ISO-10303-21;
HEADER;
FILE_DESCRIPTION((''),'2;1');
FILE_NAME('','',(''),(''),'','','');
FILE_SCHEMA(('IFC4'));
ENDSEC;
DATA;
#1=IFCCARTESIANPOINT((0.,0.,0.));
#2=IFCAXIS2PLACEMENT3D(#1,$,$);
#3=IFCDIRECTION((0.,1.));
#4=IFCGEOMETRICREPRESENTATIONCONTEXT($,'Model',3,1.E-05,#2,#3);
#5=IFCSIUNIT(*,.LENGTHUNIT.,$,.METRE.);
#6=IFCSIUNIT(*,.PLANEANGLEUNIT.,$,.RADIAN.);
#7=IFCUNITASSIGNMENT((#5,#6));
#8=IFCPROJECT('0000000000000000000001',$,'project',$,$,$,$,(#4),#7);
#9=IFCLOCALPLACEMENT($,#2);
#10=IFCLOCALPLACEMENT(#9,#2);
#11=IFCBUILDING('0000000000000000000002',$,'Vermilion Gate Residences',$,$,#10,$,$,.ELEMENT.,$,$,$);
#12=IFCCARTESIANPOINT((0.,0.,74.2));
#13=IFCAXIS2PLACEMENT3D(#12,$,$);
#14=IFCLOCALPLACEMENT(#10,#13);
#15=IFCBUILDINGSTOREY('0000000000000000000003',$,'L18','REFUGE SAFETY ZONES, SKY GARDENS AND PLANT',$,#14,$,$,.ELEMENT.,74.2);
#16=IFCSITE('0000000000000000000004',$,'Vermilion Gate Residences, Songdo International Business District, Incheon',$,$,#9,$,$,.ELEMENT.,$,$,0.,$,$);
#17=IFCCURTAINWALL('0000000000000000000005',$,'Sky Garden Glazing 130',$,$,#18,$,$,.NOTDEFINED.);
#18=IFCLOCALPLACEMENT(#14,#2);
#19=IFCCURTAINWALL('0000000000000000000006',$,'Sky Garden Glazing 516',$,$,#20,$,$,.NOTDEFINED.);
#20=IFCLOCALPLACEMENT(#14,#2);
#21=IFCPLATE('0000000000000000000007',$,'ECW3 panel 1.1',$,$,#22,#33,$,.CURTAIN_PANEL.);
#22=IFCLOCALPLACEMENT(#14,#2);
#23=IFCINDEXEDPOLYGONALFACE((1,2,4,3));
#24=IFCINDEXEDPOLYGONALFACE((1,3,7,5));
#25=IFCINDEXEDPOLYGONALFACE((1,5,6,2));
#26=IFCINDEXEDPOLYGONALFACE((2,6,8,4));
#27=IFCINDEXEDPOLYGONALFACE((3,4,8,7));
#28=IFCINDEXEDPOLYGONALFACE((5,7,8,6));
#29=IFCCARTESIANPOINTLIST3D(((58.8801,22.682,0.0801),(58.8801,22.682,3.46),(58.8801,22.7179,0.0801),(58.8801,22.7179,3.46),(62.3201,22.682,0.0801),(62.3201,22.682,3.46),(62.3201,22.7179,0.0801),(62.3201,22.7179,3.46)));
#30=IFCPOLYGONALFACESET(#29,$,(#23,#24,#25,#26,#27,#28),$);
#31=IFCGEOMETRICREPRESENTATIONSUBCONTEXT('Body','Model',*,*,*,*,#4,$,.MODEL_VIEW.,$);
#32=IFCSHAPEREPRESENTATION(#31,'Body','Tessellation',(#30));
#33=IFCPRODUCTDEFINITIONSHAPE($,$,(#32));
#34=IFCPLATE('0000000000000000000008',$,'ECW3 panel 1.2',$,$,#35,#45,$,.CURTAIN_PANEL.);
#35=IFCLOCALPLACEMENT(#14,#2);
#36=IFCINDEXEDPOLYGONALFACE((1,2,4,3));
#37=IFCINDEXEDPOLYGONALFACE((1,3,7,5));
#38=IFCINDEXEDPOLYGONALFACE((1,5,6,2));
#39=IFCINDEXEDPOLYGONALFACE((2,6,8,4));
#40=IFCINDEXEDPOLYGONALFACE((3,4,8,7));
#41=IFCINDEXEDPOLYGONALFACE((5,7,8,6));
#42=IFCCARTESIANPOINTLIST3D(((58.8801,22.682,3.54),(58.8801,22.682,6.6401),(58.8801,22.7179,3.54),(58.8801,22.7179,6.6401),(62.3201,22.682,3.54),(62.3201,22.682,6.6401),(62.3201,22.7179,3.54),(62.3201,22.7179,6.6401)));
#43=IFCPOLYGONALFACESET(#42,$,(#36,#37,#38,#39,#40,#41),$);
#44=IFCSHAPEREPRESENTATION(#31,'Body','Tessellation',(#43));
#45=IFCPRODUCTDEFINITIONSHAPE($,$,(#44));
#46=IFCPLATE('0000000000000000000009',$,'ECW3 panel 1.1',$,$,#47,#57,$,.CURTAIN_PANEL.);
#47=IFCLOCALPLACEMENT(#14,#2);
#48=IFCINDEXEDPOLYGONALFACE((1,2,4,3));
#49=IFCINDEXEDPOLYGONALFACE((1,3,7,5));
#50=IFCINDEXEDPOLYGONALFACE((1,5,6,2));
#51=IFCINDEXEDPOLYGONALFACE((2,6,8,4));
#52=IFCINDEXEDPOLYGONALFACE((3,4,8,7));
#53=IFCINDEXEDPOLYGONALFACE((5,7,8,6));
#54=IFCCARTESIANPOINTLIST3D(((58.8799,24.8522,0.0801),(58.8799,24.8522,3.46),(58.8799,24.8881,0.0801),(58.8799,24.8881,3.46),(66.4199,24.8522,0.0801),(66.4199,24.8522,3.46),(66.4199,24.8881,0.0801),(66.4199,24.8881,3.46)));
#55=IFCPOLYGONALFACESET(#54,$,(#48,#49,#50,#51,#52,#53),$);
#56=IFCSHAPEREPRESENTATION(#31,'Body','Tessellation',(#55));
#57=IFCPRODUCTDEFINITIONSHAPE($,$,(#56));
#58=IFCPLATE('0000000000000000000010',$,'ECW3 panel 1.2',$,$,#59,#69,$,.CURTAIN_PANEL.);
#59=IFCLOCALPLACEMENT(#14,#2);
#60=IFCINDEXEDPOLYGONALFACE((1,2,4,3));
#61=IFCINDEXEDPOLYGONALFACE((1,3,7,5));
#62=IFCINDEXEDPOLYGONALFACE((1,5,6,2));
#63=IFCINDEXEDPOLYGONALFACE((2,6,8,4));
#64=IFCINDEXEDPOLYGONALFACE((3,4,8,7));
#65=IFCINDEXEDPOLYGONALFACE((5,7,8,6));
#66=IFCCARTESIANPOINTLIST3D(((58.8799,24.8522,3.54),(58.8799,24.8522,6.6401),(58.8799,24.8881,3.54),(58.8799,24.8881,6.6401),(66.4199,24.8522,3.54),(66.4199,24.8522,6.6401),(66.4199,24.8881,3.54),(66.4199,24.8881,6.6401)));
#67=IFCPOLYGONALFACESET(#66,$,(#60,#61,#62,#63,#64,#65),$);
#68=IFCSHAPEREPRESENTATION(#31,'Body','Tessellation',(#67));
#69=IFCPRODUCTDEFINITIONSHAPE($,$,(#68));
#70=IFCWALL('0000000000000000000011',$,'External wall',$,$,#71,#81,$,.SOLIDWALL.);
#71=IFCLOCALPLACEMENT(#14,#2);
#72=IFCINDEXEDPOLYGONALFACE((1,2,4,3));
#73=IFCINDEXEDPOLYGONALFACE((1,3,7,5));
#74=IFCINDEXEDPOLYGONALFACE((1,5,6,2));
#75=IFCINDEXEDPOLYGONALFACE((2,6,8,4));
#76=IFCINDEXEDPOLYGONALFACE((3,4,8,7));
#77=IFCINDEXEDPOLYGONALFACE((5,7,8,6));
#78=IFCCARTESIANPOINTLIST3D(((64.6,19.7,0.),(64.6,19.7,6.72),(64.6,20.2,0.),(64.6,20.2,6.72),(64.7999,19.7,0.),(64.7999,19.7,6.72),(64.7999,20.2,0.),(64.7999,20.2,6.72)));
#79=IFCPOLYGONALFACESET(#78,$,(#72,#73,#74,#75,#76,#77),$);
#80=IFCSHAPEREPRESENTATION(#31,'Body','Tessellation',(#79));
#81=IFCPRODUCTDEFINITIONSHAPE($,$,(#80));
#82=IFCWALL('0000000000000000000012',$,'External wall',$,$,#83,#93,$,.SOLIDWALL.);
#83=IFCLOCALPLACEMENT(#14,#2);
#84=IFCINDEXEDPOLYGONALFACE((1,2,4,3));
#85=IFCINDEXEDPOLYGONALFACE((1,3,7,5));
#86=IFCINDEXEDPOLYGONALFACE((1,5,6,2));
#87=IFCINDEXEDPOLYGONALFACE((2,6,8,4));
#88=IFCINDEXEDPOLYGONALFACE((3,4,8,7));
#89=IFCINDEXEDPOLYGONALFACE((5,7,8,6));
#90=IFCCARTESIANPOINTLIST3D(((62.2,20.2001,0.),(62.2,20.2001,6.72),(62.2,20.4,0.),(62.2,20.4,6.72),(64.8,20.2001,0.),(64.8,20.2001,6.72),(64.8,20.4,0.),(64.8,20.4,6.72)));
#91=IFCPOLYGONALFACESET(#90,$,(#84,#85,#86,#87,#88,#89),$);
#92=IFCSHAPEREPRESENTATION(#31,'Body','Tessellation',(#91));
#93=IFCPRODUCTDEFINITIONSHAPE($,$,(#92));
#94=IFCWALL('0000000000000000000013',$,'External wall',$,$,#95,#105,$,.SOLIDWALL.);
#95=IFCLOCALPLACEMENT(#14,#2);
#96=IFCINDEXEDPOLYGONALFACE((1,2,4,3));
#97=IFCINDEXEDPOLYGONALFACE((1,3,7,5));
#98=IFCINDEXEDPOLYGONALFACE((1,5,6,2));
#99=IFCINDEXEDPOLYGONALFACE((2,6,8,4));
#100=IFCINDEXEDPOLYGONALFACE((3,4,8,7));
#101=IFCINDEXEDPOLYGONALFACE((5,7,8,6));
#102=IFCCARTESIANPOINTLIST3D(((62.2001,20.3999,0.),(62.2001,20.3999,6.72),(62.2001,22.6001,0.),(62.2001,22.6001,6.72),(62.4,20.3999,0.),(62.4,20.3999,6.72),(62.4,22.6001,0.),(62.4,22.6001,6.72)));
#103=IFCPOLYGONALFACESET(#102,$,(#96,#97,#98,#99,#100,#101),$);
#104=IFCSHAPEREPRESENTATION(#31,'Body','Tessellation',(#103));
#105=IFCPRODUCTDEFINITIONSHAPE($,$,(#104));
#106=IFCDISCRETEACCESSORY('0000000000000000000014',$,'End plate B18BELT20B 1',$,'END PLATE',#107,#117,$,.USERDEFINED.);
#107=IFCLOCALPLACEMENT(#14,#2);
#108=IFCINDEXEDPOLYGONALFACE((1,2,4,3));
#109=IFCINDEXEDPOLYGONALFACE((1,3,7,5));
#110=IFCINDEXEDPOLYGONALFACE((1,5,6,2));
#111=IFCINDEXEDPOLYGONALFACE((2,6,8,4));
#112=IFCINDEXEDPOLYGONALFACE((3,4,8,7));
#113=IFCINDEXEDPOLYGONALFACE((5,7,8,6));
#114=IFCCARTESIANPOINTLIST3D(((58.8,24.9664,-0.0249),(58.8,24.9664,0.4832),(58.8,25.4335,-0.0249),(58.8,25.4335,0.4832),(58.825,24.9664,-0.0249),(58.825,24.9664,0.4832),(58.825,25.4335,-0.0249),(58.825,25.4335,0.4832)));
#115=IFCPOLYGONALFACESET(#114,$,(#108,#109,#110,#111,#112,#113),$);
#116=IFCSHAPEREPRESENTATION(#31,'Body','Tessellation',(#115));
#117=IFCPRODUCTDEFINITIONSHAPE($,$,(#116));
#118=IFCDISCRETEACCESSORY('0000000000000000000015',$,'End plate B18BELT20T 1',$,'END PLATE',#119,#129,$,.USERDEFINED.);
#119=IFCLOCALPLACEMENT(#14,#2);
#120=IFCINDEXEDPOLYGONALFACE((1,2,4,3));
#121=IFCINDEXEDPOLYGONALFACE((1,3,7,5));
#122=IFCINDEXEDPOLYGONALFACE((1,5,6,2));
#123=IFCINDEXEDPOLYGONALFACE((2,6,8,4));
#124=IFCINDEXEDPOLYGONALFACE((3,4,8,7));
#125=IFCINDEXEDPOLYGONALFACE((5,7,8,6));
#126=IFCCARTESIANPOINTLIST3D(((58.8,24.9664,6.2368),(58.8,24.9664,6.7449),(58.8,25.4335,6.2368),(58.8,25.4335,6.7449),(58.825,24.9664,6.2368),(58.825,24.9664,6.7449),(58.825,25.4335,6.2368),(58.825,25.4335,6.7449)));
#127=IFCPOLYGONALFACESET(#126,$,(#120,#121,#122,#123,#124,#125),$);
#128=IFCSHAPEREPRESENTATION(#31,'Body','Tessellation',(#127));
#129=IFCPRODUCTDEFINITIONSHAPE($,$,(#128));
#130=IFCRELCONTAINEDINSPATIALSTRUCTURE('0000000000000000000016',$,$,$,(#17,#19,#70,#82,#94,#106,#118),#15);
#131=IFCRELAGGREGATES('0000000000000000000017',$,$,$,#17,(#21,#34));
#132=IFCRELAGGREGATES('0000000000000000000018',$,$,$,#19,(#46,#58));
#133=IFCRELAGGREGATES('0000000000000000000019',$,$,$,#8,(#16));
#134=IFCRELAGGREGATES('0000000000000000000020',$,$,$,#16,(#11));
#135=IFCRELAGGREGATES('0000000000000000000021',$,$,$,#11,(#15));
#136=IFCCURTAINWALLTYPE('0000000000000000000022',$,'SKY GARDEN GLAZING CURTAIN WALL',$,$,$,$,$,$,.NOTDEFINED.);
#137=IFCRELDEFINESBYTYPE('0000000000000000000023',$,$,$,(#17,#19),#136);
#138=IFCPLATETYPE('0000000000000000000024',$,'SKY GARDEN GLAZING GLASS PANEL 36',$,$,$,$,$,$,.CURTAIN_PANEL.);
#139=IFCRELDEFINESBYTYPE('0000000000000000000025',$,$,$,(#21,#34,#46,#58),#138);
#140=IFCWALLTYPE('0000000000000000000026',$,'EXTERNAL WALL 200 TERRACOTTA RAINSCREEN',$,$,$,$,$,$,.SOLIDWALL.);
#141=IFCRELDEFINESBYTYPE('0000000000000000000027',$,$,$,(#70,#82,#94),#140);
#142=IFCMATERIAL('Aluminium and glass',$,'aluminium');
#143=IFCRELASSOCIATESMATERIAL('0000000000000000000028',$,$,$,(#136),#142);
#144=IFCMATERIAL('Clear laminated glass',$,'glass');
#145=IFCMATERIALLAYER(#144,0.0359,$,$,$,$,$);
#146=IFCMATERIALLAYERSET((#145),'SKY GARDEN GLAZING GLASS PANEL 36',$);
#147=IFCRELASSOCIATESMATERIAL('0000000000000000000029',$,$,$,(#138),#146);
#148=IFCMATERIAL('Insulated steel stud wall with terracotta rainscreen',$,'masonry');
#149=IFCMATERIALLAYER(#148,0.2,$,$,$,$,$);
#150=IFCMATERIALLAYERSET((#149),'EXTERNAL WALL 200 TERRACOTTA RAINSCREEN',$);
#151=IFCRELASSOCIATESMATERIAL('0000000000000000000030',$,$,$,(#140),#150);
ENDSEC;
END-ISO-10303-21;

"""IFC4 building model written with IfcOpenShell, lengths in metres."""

from ifc_helpers import new_model, si_unit, direction, frame, frame_2d, origin, origin_2d, place, context, subcontext, project, spatial, rectangle, extrude, material, layer, layer_set, type_object, element, aggregate, save


model = new_model("IFC4")

# Units and contexts
model_context = context("Model", 3, precision=1e-05, world=origin(), true_north=direction((0.0, 1.0)))
body_context = subcontext(model_context, "Body", "Model", "MODEL_VIEW")
ifc_project = project(units=[si_unit("LENGTHUNIT", "METRE"), si_unit("PLANEANGLEUNIT", "RADIAN")], contexts=[model_context])

# Site, building, storey
site_placement = place(None, origin())
site = spatial("IfcSite", under=ifc_project, at=site_placement, Name="Vermilion Gate Residences, Songdo International Business District, Incheon", CompositionType="ELEMENT", RefElevation=0.0)
building_placement = place(site_placement, origin())
building = spatial("IfcBuilding", under=site, at=building_placement, Name="Vermilion Gate Residences", CompositionType="ELEMENT")
storey_placement = place(building_placement, frame((0.0, 0.0, 74.2)))
storey = spatial("IfcBuildingStorey", under=building, at=storey_placement, Name="L18", Description="REFUGE SAFETY ZONES, SKY GARDENS AND PLANT", CompositionType="ELEMENT", Elevation=74.2)

# Curtain walls
ifc_material_1 = material(Name="Aluminium and glass", Category="aluminium")
curtain_wall_type = type_object("IfcCurtainWallType", Name="SKY GARDEN GLAZING CURTAIN WALL", PredefinedType="NOTDEFINED", material=ifc_material_1)
curtain_wall_1_placement = place(storey_placement, origin())
curtain_wall_1 = element("IfcCurtainWall", 1, at=curtain_wall_1_placement, inside=storey, type_object=curtain_wall_type, Name="Sky Garden Glazing 130", PredefinedType="NOTDEFINED")
curtain_wall_2_placement = place(storey_placement, origin())
curtain_wall_2 = element("IfcCurtainWall", 2, at=curtain_wall_2_placement, inside=storey, type_object=curtain_wall_type, Name="Sky Garden Glazing 516", PredefinedType="NOTDEFINED")

# Plates
ifc_material_2 = material(Name="Clear laminated glass", Category="glass")
ifc_layer_1 = layer(ifc_material_2, 0.0359)
ifc_layer_set_1 = layer_set([ifc_layer_1], Name="SKY GARDEN GLAZING GLASS PANEL 36")
plate_type = type_object("IfcPlateType", Name="SKY GARDEN GLAZING GLASS PANEL 36", PredefinedType="CURTAIN_PANEL", material=ifc_layer_set_1)
plate_1_placement = place(storey_placement, frame((60.6001, 22.7, 0.0801), z_axis=(0.0, 0.0, 1.0), x_axis=(-1.0, 0.0, 0.0)))
plate_1 = element("IfcPlate", 3, at=plate_1_placement, type_object=plate_type, Name="ECW3 panel 1.1", PredefinedType="CURTAIN_PANEL", context=body_context, shape_type="SweptSolid", body=[
    extrude(rectangle(XDim=3.4399, YDim=0.0359, at=origin_2d()), origin(), (0.0, 0.0, 1.0), 3.3799),
])
plate_2_placement = place(storey_placement, frame((60.6001, 22.7, 3.54), z_axis=(0.0, 0.0, 1.0), x_axis=(-1.0, 0.0, 0.0)))
plate_2 = element("IfcPlate", 4, at=plate_2_placement, type_object=plate_type, Name="ECW3 panel 1.2", PredefinedType="CURTAIN_PANEL", context=body_context, shape_type="SweptSolid", body=[
    extrude(rectangle(XDim=3.4399, YDim=0.0359, at=origin_2d()), origin(), (0.0, 0.0, 1.0), 3.1001),
])
aggregate(curtain_wall_1, [plate_1, plate_2])
plate_3_placement = place(storey_placement, frame((62.6499, 24.8701, 0.0801), z_axis=(0.0, 0.0, 1.0), x_axis=(-1.0, 0.0, 0.0)))
plate_3 = element("IfcPlate", 5, at=plate_3_placement, type_object=plate_type, Name="ECW3 panel 1.1", PredefinedType="CURTAIN_PANEL", context=body_context, shape_type="SweptSolid", body=[
    extrude(rectangle(XDim=7.54, YDim=0.0359, at=origin_2d()), origin(), (0.0, 0.0, 1.0), 3.3799),
])
plate_4_placement = place(storey_placement, frame((62.6499, 24.8701, 3.54), z_axis=(0.0, 0.0, 1.0), x_axis=(-1.0, 0.0, 0.0)))
plate_4 = element("IfcPlate", 6, at=plate_4_placement, type_object=plate_type, Name="ECW3 panel 1.2", PredefinedType="CURTAIN_PANEL", context=body_context, shape_type="SweptSolid", body=[
    extrude(rectangle(XDim=7.54, YDim=0.0359, at=origin_2d()), origin(), (0.0, 0.0, 1.0), 3.1001),
])
aggregate(curtain_wall_2, [plate_3, plate_4])

# Shared definitions
ifc_material_3 = material(Name="Insulated steel stud wall with terracotta rainscreen", Category="masonry")
ifc_layer_2 = layer(ifc_material_3, 0.2)
ifc_layer_set_2 = layer_set([ifc_layer_2], Name="EXTERNAL WALL 200 TERRACOTTA RAINSCREEN")
wall_type = type_object("IfcWallType", Name="EXTERNAL WALL 200 TERRACOTTA RAINSCREEN", PredefinedType="SOLIDWALL", material=ifc_layer_set_2)

# Walls
wall_1_placement = place(storey_placement, frame((64.7, 19.7, 0.0), z_axis=(0.0, 0.0, 1.0), x_axis=(0.0, 1.0, 0.0)))
element("IfcWall", 7, at=wall_1_placement, inside=storey, type_object=wall_type, Name="External wall", PredefinedType="SOLIDWALL", context=body_context, shape_type="SweptSolid", body=[
    extrude(rectangle(XDim=0.5, YDim=0.2, at=frame_2d((0.25, 0.0))), origin(), (0.0, 0.0, 1.0), 6.72),
])
wall_2_placement = place(storey_placement, frame((64.8, 20.3, 0.0), z_axis=(0.0, 0.0, 1.0), x_axis=(-1.0, 0.0, 0.0)))
element("IfcWall", 8, at=wall_2_placement, inside=storey, type_object=wall_type, Name="External wall", PredefinedType="SOLIDWALL", context=body_context, shape_type="SweptSolid", body=[
    extrude(rectangle(XDim=2.6001, YDim=0.2, at=frame_2d((1.3, 0.0))), origin(), (0.0, 0.0, 1.0), 6.72),
])
wall_3_placement = place(storey_placement, frame((62.3, 20.3999, 0.0), z_axis=(0.0, 0.0, 1.0), x_axis=(0.0, 1.0, 0.0)))
element("IfcWall", 9, at=wall_3_placement, inside=storey, type_object=wall_type, Name="External wall", PredefinedType="SOLIDWALL", context=body_context, shape_type="SweptSolid", body=[
    extrude(rectangle(XDim=2.2002, YDim=0.2, at=frame_2d((1.1001, 0.0))), origin(), (0.0, 0.0, 1.0), 6.72),
])

# Discrete accessories
for number, where, z_axis, x_axis, name in (
    (10, (58.8125, 25.2, -0.0249), (0.0, 0.0, 1.0), (1.0, 0.0, 0.0), "End plate B18BELT20B 1"),
    (11, (58.8125, 25.2, 6.2368), (0.0, 0.0, 1.0), (1.0, 0.0, 0.0), "End plate B18BELT20T 1"),
):
    element("IfcDiscreteAccessory", number, at=place(storey_placement, frame(where, z_axis=z_axis, x_axis=x_axis)), inside=storey, Name=name, ObjectType="END PLATE", PredefinedType="USERDEFINED", context=body_context, shape_type="SweptSolid", body=[
        extrude(rectangle(XDim=0.0249, YDim=0.467, at=origin_2d()), origin(), (0.0, 0.0, 1.0), 0.5081),
    ])

save(model, "model.ifc")
